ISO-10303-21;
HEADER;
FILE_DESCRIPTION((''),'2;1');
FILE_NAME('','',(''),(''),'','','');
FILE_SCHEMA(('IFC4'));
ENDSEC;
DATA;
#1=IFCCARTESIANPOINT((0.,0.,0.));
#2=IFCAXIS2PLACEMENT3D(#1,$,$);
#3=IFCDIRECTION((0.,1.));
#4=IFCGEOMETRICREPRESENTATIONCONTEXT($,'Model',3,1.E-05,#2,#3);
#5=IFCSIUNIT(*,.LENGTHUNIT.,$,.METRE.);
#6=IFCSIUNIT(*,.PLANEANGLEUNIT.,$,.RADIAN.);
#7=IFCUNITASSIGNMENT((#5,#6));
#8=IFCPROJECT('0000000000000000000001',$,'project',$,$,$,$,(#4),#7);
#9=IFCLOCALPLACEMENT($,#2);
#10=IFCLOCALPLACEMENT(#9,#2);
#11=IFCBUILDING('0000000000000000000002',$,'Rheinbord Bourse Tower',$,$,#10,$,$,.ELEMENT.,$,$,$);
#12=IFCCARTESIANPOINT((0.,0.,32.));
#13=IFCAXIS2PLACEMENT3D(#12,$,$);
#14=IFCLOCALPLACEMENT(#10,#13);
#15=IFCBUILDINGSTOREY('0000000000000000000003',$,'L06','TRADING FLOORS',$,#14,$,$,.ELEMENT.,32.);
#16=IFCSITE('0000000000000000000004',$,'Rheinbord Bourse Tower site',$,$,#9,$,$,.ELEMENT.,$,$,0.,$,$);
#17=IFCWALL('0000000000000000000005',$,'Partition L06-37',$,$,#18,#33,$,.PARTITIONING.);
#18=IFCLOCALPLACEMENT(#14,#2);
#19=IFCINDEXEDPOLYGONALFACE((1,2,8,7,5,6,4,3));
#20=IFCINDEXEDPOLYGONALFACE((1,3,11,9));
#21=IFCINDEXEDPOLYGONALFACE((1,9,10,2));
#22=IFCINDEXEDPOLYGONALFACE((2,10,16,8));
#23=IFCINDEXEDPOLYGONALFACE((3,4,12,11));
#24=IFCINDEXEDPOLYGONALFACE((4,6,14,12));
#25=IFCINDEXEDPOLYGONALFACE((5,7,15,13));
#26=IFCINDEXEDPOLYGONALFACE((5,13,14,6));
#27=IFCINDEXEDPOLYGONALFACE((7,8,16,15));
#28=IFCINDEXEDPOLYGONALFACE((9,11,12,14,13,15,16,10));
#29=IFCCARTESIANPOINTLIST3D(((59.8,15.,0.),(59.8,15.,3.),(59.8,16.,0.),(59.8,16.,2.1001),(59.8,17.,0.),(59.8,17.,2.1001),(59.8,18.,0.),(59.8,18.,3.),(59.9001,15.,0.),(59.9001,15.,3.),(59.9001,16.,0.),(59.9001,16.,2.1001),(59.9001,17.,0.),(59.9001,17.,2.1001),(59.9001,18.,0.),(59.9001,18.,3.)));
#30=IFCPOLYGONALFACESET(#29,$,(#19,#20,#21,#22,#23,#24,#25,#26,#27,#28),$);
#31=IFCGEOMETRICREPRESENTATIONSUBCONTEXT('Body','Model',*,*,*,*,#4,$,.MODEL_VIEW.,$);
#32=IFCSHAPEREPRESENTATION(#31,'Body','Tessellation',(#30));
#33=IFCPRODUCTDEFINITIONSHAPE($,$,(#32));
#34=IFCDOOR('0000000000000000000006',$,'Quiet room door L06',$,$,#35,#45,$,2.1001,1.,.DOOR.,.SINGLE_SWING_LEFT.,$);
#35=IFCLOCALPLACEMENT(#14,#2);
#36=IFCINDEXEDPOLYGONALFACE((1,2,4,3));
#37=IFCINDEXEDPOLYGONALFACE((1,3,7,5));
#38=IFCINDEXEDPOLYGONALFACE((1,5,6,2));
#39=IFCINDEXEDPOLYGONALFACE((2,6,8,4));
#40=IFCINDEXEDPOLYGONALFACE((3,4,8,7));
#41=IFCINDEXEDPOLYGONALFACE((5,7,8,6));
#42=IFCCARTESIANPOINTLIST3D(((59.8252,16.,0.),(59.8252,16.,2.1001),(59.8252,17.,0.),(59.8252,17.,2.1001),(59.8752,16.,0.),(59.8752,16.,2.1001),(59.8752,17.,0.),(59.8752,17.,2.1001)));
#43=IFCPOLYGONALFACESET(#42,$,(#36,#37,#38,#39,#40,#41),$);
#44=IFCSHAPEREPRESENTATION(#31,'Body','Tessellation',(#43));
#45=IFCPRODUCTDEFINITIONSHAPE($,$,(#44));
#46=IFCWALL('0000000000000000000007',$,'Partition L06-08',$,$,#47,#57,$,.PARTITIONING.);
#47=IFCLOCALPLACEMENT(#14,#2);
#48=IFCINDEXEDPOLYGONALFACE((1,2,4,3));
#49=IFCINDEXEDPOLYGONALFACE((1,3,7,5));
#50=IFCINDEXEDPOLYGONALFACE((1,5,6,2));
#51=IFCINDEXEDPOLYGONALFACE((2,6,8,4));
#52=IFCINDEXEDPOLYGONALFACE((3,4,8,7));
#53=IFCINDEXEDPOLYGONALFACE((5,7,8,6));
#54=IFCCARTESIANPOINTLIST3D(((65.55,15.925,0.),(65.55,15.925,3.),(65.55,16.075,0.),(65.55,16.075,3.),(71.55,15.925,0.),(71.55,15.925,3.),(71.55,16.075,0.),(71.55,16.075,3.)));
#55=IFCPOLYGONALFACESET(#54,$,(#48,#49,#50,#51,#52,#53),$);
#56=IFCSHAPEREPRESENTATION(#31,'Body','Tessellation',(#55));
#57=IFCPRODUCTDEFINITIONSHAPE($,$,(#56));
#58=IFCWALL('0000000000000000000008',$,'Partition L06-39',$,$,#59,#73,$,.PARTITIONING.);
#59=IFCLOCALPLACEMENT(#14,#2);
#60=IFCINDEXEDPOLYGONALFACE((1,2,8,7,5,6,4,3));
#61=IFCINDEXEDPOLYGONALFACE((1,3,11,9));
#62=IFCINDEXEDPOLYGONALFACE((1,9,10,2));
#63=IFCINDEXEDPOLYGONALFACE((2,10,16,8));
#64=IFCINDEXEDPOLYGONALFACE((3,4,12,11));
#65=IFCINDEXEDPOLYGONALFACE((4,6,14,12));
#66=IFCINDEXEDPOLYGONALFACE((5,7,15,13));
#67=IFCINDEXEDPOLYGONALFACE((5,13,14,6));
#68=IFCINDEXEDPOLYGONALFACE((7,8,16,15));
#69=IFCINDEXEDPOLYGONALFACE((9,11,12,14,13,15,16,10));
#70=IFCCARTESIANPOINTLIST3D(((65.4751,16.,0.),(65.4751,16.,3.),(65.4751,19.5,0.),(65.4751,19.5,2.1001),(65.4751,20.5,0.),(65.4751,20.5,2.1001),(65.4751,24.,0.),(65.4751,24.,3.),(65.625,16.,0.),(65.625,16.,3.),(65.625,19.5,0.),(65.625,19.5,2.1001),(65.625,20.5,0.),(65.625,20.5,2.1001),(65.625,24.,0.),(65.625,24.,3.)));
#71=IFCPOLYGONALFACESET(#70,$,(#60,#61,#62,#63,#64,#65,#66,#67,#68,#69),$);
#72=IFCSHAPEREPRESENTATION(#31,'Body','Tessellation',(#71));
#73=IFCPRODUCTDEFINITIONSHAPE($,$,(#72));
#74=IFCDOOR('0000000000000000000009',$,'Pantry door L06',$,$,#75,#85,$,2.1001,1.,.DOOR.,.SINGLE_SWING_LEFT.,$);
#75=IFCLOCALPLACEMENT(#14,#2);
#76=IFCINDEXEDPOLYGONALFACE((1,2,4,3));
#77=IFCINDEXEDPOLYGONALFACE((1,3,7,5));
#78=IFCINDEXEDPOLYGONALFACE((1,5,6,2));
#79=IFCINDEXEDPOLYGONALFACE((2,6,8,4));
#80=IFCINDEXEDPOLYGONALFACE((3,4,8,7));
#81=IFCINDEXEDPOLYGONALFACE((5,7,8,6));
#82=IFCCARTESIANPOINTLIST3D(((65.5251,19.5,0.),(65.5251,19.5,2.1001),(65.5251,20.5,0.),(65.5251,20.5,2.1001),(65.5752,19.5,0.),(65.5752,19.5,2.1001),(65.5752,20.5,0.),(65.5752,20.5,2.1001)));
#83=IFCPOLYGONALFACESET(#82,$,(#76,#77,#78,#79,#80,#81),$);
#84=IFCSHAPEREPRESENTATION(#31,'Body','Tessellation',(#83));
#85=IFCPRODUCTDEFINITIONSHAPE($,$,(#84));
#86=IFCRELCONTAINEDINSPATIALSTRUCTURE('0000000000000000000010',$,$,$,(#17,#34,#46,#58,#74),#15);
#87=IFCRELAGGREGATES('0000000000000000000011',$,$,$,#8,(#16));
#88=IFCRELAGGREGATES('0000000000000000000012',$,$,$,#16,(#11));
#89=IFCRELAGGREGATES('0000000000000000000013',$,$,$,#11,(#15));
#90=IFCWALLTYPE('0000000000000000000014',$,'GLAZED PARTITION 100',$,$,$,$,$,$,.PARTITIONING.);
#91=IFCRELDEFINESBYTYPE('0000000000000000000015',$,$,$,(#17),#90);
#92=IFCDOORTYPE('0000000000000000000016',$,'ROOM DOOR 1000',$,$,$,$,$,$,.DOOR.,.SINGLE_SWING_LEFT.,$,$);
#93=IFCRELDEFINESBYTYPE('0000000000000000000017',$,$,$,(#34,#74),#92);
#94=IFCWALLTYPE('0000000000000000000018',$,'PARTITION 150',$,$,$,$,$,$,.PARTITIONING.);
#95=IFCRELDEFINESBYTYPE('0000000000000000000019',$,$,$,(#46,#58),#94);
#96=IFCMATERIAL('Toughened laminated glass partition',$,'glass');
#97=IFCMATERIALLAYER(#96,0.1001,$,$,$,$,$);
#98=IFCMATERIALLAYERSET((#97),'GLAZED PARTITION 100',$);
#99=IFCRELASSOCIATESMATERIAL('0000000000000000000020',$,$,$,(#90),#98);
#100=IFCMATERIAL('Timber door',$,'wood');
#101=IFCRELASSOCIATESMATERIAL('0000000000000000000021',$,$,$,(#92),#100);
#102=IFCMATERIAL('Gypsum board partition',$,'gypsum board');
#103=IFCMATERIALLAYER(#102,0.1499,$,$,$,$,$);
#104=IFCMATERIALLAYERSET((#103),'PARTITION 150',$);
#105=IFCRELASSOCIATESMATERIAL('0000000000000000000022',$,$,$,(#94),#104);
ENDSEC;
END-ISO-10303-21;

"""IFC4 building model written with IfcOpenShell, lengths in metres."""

from ifc_helpers import new_model, si_unit, direction, frame, frame_2d, origin, place, context, subcontext, project, spatial, rectangle, extrude, material, layer, layer_set, type_object, element, fill, save


model = new_model("IFC4")

# Units and contexts
model_context = context("Model", 3, precision=1e-05, world=origin(), true_north=direction((0.0, 1.0)))
body_context = subcontext(model_context, "Body", "Model", "MODEL_VIEW")
ifc_project = project(units=[si_unit("LENGTHUNIT", "METRE"), si_unit("PLANEANGLEUNIT", "RADIAN")], contexts=[model_context])

# Site, building, storey
site_placement = place(None, origin())
site = spatial("IfcSite", under=ifc_project, at=site_placement, Name="Rheinbord Bourse Tower site", CompositionType="ELEMENT", RefElevation=0.0)
building_placement = place(site_placement, origin())
building = spatial("IfcBuilding", under=site, at=building_placement, Name="Rheinbord Bourse Tower", CompositionType="ELEMENT")
storey_placement = place(building_placement, frame((0.0, 0.0, 32.0)))
storey = spatial("IfcBuildingStorey", under=building, at=storey_placement, Name="L06", Description="TRADING FLOORS", CompositionType="ELEMENT", Elevation=32.0)

# Shared definitions
ifc_material_1 = material(Name="Toughened laminated glass partition", Category="glass")
ifc_layer_1 = layer(ifc_material_1, 0.1001)
ifc_layer_set_1 = layer_set([ifc_layer_1], Name="GLAZED PARTITION 100")
wall_type_1 = type_object("IfcWallType", Name="GLAZED PARTITION 100", PredefinedType="PARTITIONING", material=ifc_layer_set_1)

# Wall, opening, door
wall_1_placement = place(storey_placement, frame((59.8501, 15.0, 0.0), z_axis=(0.0, 0.0, 1.0), x_axis=(0.0, 1.0, 0.0)))
wall_1 = element("IfcWall", 1, at=wall_1_placement, inside=storey, type_object=wall_type_1, Name="Partition L06-37", PredefinedType="PARTITIONING", context=body_context, shape_type="SweptSolid", body=[
    extrude(rectangle(XDim=3.0, YDim=0.1001, at=frame_2d((1.5, 0.0))), origin(), (0.0, 0.0, 1.0), 3.0),
])
opening_1_placement = place(wall_1_placement, frame((1.0, 0.0, 0.0)))
opening_1 = element("IfcOpeningElement", 2, at=opening_1_placement, cuts=wall_1, PredefinedType="OPENING", context=body_context, shape_type="SweptSolid", body=[
    extrude(rectangle(XDim=1.0, YDim=2.1001, at=frame_2d((0.5, 1.05))), frame((0.0, 0.0601, 0.0), z_axis=(0.0, -1.0, 0.0), x_axis=(1.0, 0.0, 0.0)), (0.0, 0.0, 1.0), 0.1201),
])
ifc_material_2 = material(Name="Timber door", Category="wood")
door_type = type_object("IfcDoorType", Name="ROOM DOOR 1000", OperationType="SINGLE_SWING_LEFT", PredefinedType="DOOR", material=ifc_material_2)
door_1_placement = place(opening_1_placement, origin())
door_1 = element("IfcDoor", 3, at=door_1_placement, inside=storey, type_object=door_type, Name="Quiet room door L06", OperationType="SINGLE_SWING_LEFT", OverallHeight=2.1001, OverallWidth=1.0, PredefinedType="DOOR", context=body_context, shape_type="SweptSolid", body=[
    extrude(rectangle(XDim=1.0, YDim=2.1001, at=frame_2d((0.5, 1.05))), frame((0.0, 0.0249, 0.0), z_axis=(0.0, -1.0, 0.0), x_axis=(1.0, 0.0, 0.0)), (0.0, 0.0, 1.0), 0.05),
])
fill(opening_1, door_1)

# Wall
ifc_material_3 = material(Name="Gypsum board partition", Category="gypsum board")
ifc_layer_2 = layer(ifc_material_3, 0.1499)
ifc_layer_set_2 = layer_set([ifc_layer_2], Name="PARTITION 150")
wall_type_2 = type_object("IfcWallType", Name="PARTITION 150", PredefinedType="PARTITIONING", material=ifc_layer_set_2)
wall_2_placement = place(storey_placement, frame((65.55, 16.0, 0.0), z_axis=(0.0, 0.0, 1.0), x_axis=(1.0, 0.0, 0.0)))
element("IfcWall", 4, at=wall_2_placement, inside=storey, type_object=wall_type_2, Name="Partition L06-08", PredefinedType="PARTITIONING", context=body_context, shape_type="SweptSolid", body=[
    extrude(rectangle(XDim=6.0, YDim=0.1499, at=frame_2d((3.0, 0.0))), origin(), (0.0, 0.0, 1.0), 3.0),
])

# Wall, opening, door
wall_3_placement = place(storey_placement, frame((65.55, 16.0, 0.0), z_axis=(0.0, 0.0, 1.0), x_axis=(0.0, 1.0, 0.0)))
wall_3 = element("IfcWall", 5, at=wall_3_placement, inside=storey, type_object=wall_type_2, Name="Partition L06-39", PredefinedType="PARTITIONING", context=body_context, shape_type="SweptSolid", body=[
    extrude(rectangle(XDim=8.0, YDim=0.1499, at=frame_2d((4.0, 0.0))), origin(), (0.0, 0.0, 1.0), 3.0),
])
opening_2_placement = place(wall_3_placement, frame((3.5, 0.0, 0.0)))
opening_2 = element("IfcOpeningElement", 6, at=opening_2_placement, cuts=wall_3, PredefinedType="OPENING", context=body_context, shape_type="SweptSolid", body=[
    extrude(rectangle(XDim=1.0, YDim=2.1001, at=frame_2d((0.5, 1.05))), frame((0.0, 0.085, 0.0), z_axis=(0.0, -1.0, 0.0), x_axis=(1.0, 0.0, 0.0)), (0.0, 0.0, 1.0), 0.1699),
])
door_2_placement = place(opening_2_placement, origin())
door_2 = element("IfcDoor", 7, at=door_2_placement, inside=storey, type_object=door_type, Name="Pantry door L06", OperationType="SINGLE_SWING_LEFT", OverallHeight=2.1001, OverallWidth=1.0, PredefinedType="DOOR", context=body_context, shape_type="SweptSolid", body=[
    extrude(rectangle(XDim=1.0, YDim=2.1001, at=frame_2d((0.5, 1.05))), frame((0.0, 0.0249, 0.0), z_axis=(0.0, -1.0, 0.0), x_axis=(1.0, 0.0, 0.0)), (0.0, 0.0, 1.0), 0.05),
])
fill(opening_2, door_2)

save(model, "model.ifc")
